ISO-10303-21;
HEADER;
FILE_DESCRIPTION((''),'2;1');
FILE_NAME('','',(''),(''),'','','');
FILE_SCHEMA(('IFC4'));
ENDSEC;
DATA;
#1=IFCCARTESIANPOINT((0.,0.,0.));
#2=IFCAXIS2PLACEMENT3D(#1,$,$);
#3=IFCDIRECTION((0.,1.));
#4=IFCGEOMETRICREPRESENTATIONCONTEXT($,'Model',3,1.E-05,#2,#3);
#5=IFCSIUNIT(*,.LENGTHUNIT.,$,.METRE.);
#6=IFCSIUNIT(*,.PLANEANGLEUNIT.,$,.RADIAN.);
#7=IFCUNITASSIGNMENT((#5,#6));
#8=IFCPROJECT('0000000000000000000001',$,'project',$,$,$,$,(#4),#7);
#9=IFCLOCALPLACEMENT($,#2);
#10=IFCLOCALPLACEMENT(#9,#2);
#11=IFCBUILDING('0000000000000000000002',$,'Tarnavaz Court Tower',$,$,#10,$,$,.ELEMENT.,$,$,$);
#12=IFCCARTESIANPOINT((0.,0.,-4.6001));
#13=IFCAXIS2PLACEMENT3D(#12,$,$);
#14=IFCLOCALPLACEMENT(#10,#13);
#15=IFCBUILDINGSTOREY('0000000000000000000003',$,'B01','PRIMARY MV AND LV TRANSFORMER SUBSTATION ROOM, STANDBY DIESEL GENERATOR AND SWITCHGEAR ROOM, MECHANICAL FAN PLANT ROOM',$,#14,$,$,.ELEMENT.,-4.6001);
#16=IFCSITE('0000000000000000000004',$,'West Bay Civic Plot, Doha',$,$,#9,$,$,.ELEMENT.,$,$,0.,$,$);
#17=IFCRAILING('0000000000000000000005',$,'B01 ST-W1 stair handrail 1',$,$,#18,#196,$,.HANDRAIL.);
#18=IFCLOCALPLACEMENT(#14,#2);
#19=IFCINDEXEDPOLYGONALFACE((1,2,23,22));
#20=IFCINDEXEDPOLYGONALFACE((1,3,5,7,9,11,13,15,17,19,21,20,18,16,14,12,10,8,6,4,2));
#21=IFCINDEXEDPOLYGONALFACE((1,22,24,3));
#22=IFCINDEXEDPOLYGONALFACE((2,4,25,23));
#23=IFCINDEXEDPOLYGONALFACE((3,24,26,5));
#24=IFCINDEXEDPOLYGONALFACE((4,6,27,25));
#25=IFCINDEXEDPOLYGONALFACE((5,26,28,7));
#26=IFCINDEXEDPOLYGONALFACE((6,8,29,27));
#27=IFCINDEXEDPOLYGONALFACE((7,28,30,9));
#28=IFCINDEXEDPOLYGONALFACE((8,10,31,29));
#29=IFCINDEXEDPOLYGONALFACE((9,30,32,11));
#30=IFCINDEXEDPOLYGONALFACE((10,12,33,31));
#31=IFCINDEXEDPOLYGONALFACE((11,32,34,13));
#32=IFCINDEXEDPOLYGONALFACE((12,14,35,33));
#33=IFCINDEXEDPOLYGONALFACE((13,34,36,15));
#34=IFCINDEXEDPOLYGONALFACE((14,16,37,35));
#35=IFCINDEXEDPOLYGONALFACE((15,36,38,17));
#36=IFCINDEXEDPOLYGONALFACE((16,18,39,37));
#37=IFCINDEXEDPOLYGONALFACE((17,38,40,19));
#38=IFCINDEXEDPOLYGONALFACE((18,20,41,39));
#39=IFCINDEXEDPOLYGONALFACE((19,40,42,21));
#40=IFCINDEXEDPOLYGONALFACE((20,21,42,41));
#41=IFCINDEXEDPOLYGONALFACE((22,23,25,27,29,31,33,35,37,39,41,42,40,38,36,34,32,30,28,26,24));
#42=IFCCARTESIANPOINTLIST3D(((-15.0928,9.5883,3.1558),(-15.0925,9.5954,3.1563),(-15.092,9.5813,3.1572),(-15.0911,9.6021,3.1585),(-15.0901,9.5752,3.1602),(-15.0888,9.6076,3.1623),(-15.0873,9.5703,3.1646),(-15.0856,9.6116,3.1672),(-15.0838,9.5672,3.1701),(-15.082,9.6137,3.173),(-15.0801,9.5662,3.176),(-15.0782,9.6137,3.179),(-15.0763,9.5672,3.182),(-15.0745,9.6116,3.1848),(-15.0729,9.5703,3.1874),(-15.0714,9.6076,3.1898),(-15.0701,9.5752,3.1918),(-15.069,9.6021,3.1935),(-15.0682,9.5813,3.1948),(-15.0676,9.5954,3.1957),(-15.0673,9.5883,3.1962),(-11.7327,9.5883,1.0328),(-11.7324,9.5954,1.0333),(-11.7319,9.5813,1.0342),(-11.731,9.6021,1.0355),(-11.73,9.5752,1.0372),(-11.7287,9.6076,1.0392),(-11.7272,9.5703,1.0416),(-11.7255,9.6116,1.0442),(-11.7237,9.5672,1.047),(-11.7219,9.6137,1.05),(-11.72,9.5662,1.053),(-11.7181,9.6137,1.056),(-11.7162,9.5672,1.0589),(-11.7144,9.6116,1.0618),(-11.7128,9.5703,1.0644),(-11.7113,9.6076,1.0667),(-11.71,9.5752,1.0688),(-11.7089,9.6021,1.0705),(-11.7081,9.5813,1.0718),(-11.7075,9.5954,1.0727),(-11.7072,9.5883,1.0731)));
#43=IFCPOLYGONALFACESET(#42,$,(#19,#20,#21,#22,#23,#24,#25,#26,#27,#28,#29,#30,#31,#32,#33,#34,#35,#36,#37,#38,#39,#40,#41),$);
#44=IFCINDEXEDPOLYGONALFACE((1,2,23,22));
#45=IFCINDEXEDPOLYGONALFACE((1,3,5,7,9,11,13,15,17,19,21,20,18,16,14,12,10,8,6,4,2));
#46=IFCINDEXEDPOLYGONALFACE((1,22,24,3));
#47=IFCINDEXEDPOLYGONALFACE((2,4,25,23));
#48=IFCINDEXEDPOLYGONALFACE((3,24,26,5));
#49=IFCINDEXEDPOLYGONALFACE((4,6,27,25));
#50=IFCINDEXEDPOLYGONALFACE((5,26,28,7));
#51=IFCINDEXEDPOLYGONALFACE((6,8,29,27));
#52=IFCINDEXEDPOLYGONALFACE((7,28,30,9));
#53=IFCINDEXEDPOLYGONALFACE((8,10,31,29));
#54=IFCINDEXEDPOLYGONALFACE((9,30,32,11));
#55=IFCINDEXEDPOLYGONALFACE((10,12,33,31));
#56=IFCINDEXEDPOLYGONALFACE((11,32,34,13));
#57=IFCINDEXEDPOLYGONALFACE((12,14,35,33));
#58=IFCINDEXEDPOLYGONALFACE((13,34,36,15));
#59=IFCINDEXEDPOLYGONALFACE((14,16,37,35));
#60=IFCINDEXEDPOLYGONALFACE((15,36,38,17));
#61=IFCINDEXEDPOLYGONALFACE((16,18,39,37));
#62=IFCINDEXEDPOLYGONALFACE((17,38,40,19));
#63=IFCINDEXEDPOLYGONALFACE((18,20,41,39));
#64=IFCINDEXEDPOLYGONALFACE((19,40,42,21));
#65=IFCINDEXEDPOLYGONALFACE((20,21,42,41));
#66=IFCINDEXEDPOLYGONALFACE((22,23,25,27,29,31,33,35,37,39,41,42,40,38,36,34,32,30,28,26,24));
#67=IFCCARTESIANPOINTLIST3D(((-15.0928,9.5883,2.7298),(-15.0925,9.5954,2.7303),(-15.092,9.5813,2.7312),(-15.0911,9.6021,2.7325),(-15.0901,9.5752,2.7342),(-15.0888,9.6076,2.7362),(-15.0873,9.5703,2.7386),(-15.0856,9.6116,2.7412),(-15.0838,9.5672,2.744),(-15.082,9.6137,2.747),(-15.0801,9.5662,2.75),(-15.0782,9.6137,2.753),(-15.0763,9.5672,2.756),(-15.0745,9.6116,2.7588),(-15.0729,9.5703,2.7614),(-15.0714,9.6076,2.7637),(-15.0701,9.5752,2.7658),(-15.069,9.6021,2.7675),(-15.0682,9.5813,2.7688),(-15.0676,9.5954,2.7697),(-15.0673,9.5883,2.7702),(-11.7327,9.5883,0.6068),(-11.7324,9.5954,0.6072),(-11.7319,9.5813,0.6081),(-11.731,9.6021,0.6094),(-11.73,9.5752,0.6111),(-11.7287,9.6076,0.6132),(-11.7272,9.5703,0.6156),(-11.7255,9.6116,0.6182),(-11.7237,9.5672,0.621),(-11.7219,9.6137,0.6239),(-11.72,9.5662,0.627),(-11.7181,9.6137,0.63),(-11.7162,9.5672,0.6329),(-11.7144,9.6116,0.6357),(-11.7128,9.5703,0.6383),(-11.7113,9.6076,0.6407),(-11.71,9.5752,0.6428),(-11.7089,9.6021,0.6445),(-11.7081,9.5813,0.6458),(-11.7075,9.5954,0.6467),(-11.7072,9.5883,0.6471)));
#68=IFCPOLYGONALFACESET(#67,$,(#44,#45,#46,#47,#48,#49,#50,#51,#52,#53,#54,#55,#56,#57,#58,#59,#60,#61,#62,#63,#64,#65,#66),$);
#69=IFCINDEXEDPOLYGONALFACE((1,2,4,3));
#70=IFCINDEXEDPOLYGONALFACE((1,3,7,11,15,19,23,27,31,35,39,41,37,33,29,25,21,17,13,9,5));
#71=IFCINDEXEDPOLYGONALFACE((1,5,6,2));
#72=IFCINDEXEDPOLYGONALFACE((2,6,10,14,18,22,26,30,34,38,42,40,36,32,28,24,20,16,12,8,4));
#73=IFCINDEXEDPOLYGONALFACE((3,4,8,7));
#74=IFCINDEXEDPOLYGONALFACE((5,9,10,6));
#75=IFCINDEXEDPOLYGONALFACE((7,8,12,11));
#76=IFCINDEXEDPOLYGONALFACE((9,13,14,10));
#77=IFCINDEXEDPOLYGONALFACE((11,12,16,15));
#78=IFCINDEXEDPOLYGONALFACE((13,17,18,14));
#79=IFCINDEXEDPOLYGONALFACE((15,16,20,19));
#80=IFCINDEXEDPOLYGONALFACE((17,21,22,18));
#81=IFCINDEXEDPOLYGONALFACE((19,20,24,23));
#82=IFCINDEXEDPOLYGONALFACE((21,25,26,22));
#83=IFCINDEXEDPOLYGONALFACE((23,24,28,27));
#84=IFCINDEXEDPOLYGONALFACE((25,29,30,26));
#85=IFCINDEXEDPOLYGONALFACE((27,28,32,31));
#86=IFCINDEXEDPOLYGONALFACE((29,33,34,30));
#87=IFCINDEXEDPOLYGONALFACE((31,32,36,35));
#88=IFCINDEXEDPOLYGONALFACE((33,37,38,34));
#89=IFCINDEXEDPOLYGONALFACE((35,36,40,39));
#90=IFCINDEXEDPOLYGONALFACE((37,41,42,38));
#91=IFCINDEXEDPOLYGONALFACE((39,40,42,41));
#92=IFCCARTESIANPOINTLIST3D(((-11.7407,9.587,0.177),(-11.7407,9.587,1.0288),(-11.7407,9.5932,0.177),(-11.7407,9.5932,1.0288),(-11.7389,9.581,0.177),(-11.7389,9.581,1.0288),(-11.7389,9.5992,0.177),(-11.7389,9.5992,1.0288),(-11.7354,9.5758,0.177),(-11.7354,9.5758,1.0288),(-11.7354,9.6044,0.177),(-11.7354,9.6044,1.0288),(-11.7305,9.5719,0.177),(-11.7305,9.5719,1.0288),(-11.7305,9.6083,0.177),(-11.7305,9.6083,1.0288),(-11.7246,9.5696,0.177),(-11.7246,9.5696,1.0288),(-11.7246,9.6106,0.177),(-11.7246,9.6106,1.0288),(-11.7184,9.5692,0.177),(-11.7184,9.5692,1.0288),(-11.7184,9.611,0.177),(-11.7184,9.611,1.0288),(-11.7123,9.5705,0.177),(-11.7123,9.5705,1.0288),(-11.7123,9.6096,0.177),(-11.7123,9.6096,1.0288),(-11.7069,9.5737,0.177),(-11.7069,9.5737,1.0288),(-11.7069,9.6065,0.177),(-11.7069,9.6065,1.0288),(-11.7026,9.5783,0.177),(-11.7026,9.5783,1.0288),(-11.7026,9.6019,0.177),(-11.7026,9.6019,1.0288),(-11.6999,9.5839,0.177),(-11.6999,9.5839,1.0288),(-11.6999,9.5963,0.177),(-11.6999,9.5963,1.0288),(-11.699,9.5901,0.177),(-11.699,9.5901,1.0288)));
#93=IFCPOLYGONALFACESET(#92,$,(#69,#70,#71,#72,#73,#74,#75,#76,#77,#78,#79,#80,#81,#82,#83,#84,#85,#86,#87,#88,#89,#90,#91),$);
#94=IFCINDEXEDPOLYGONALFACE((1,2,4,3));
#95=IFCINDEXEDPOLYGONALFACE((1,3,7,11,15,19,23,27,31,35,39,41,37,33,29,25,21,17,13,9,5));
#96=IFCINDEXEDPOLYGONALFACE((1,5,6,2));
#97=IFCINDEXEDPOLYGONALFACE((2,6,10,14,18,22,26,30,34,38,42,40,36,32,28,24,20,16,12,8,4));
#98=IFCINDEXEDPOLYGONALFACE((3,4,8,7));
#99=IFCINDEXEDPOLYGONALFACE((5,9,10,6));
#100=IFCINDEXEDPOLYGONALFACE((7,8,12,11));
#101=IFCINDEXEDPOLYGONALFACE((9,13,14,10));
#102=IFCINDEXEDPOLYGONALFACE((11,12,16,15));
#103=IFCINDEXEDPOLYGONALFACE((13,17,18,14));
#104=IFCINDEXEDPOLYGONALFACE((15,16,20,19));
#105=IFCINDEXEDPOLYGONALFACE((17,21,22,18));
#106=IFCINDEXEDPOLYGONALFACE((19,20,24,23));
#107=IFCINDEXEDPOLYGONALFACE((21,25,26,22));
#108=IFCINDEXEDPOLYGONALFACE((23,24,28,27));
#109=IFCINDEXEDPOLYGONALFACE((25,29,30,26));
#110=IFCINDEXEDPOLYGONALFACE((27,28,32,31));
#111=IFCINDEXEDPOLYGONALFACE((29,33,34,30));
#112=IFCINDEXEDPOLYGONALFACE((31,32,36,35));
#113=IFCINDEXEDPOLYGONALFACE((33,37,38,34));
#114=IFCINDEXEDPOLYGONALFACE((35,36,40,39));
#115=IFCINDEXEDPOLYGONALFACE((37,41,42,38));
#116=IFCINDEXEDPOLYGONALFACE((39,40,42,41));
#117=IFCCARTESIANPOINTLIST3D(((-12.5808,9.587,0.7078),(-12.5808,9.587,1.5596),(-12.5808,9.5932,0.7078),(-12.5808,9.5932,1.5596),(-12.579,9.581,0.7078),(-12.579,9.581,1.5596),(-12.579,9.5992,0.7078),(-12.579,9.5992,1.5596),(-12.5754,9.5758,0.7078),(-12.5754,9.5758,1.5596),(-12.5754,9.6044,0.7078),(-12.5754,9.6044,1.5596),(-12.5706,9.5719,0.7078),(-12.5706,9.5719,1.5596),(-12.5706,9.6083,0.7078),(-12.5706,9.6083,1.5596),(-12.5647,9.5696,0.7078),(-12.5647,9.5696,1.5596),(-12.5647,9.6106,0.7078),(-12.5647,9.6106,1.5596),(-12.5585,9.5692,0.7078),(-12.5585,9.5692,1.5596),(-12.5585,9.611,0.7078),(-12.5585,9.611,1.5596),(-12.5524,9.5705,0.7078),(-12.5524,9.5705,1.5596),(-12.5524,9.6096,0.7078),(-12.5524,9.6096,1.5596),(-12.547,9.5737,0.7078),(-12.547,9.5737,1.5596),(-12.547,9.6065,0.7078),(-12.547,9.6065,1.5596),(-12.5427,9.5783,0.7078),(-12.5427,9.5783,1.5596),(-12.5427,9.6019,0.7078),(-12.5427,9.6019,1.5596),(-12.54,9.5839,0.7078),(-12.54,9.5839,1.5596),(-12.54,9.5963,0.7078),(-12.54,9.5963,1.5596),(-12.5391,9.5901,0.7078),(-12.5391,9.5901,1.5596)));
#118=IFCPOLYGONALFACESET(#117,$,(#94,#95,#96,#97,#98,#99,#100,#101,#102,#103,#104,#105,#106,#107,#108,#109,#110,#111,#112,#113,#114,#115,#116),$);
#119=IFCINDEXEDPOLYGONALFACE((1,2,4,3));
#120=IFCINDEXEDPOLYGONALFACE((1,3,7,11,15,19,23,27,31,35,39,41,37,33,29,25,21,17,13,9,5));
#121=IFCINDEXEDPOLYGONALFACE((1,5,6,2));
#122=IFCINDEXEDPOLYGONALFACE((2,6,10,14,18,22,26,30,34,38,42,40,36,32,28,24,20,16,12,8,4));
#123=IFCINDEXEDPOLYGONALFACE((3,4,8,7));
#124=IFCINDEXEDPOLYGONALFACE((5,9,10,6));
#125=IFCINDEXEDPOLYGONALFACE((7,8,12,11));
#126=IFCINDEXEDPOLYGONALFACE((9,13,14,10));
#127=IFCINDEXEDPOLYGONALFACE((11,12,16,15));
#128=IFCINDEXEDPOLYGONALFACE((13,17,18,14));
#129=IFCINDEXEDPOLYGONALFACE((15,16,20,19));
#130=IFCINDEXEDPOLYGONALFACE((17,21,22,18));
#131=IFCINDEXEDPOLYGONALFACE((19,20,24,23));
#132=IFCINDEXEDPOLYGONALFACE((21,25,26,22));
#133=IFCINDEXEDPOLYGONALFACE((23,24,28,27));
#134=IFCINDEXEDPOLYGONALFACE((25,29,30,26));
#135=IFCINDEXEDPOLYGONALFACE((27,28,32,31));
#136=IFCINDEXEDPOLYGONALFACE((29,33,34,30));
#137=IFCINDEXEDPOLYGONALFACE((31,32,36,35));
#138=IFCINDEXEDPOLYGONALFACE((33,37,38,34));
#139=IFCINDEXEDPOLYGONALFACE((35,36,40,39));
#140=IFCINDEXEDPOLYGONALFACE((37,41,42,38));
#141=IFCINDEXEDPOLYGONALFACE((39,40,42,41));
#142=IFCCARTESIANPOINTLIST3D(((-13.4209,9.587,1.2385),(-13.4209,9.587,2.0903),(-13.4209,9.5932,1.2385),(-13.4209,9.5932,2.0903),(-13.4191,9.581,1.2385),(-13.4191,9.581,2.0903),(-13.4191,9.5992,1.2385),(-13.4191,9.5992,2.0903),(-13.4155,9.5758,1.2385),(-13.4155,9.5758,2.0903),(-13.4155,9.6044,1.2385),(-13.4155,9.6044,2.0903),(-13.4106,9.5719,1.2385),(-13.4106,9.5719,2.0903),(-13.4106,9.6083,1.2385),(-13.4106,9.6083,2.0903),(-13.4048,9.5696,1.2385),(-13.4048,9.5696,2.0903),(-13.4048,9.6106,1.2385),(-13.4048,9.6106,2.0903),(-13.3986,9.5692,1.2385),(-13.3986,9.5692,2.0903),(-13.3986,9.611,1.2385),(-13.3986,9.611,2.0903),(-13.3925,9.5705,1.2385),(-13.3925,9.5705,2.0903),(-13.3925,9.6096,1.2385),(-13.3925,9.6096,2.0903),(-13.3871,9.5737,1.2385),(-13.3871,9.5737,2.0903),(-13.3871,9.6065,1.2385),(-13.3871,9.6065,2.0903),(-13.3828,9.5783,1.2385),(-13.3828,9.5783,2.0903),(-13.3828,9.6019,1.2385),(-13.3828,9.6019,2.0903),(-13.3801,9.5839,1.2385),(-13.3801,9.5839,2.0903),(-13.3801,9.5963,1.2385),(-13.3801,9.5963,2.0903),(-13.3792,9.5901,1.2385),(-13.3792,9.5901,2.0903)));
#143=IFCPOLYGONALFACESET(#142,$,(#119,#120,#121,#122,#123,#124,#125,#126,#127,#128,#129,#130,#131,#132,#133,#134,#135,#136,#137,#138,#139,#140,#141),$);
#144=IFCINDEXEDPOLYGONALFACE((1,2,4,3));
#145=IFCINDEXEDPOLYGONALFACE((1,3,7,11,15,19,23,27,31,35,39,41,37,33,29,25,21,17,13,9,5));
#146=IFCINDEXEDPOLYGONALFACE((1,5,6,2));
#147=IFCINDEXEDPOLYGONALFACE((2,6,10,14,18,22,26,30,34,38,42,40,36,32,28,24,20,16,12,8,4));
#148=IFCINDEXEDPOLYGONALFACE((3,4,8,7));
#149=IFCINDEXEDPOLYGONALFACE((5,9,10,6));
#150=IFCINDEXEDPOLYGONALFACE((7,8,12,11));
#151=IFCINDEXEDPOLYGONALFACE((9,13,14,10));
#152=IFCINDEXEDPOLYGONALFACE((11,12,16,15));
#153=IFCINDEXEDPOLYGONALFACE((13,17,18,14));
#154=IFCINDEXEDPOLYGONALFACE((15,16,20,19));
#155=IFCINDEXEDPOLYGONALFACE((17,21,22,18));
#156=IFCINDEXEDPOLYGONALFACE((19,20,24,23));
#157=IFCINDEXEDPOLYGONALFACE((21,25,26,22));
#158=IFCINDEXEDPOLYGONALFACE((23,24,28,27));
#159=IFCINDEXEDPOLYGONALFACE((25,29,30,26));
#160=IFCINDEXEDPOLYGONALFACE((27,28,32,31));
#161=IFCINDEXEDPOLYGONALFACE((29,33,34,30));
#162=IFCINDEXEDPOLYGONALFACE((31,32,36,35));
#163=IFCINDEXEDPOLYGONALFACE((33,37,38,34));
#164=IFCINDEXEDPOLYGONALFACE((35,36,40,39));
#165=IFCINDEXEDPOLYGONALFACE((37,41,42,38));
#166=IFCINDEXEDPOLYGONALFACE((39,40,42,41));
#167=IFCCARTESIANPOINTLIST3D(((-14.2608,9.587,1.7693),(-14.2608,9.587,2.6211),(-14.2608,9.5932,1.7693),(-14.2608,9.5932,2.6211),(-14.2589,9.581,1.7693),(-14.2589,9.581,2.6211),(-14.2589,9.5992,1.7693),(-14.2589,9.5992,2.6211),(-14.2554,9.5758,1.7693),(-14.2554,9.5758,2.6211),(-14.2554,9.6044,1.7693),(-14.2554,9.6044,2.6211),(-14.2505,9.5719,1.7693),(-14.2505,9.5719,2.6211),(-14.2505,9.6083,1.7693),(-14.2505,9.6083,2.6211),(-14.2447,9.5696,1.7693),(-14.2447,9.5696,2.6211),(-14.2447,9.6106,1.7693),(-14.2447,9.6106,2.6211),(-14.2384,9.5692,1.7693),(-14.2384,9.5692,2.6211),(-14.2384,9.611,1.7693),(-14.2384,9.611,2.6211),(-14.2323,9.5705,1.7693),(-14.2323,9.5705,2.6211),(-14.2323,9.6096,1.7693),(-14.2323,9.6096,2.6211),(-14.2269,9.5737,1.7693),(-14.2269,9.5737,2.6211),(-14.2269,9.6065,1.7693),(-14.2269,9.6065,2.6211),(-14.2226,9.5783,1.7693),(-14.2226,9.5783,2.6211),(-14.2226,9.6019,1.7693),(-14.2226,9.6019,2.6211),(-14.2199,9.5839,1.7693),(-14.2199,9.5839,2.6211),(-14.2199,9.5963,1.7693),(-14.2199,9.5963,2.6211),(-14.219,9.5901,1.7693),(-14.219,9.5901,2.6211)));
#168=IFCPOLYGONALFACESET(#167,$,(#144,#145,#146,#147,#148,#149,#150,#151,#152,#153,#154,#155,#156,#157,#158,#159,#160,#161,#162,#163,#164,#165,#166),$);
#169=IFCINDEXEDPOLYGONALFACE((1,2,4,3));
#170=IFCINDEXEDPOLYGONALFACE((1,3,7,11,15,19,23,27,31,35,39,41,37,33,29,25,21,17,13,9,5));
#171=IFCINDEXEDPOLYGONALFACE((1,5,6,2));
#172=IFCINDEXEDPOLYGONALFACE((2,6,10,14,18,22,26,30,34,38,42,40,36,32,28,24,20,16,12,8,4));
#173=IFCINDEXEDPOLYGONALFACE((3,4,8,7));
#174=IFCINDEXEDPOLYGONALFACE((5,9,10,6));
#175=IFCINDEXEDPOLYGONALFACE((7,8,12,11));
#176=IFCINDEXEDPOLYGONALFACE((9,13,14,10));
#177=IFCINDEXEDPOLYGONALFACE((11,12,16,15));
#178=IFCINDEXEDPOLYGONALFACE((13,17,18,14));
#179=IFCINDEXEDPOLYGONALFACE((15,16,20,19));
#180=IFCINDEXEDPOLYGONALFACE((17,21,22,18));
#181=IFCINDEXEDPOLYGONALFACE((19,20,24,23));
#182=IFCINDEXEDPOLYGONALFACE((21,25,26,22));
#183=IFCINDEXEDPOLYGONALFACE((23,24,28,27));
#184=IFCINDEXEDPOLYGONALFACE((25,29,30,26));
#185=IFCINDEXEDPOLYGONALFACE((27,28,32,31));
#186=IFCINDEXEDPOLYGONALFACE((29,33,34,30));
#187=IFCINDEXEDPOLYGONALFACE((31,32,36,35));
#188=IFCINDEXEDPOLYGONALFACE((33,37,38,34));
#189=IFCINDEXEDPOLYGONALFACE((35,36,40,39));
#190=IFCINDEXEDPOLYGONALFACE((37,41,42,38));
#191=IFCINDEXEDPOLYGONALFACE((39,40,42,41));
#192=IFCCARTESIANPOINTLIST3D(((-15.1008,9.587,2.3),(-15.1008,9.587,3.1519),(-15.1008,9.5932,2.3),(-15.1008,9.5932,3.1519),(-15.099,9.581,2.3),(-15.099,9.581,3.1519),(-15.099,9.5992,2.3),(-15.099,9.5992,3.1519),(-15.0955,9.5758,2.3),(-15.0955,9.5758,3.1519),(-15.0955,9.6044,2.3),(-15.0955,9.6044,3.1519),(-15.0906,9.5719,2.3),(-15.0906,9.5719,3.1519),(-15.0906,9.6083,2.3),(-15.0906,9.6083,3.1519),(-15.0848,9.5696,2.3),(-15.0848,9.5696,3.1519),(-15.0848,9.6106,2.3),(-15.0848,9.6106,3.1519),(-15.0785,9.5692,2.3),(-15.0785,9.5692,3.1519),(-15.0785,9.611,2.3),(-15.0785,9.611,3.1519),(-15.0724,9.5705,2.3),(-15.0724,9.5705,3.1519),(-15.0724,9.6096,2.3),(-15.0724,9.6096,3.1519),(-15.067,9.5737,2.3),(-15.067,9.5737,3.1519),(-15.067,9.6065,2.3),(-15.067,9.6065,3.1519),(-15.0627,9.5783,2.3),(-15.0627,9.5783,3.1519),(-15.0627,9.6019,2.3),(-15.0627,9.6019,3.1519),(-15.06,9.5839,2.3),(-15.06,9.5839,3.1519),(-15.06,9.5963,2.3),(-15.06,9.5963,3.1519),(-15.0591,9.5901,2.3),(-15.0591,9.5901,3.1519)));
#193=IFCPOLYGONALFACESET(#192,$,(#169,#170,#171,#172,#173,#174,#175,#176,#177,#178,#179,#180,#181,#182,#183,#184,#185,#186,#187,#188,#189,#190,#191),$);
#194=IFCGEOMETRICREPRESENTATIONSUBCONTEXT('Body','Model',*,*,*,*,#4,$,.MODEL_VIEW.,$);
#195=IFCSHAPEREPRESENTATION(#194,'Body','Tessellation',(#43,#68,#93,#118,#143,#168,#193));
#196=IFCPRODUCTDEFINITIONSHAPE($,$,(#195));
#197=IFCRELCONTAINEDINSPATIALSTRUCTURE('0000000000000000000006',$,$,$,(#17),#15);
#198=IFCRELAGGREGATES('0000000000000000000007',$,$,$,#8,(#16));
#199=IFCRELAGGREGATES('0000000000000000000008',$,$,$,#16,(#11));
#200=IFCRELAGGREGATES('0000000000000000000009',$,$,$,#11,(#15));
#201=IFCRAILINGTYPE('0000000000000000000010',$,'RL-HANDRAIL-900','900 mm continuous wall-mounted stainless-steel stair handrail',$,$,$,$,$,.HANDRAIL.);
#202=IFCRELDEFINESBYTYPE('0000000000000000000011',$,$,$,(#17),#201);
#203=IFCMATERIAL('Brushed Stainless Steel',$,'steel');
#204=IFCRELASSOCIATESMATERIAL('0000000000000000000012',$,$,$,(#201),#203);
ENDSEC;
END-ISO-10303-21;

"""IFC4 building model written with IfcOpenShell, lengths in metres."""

from ifc_helpers import new_model, si_unit, direction, frame, origin, origin_2d, place, context, subcontext, project, spatial, circle, extrude, material, type_object, element, save


model = new_model("IFC4")

# Units and contexts
model_context = context("Model", 3, precision=1e-05, world=origin(), true_north=direction((0.0, 1.0)))
body_context = subcontext(model_context, "Body", "Model", "MODEL_VIEW")
ifc_project = project(units=[si_unit("LENGTHUNIT", "METRE"), si_unit("PLANEANGLEUNIT", "RADIAN")], contexts=[model_context])

# Site, building, storey
site_placement = place(None, origin())
site = spatial("IfcSite", under=ifc_project, at=site_placement, Name="West Bay Civic Plot, Doha", CompositionType="ELEMENT", RefElevation=0.0)
building_placement = place(site_placement, origin())
building = spatial("IfcBuilding", under=site, at=building_placement, Name="Tarnavaz Court Tower", CompositionType="ELEMENT")
storey_placement = place(building_placement, frame((0.0, 0.0, -4.6001)))
storey = spatial("IfcBuildingStorey", under=building, at=storey_placement, Name="B01", Description="PRIMARY MV AND LV TRANSFORMER SUBSTATION ROOM, STANDBY DIESEL GENERATOR AND SWITCHGEAR ROOM, MECHANICAL FAN PLANT ROOM", CompositionType="ELEMENT", Elevation=-4.6001)

# Railing
ifc_material_1 = material(Name="Brushed Stainless Steel", Category="steel")
railing_type_1 = type_object("IfcRailingType", Name="RL-HANDRAIL-900", Description="900 mm continuous wall-mounted stainless-steel stair handrail", PredefinedType="HANDRAIL", material=ifc_material_1)
railing_1_placement = place(storey_placement, frame((-11.72, 9.5901, 0.177)))
element("IfcRailing", 1, at=railing_1_placement, inside=storey, type_object=railing_type_1, Name="B01 ST-W1 stair handrail 1", PredefinedType="HANDRAIL", context=body_context, shape_type="SweptSolid", body=[
    extrude(circle(Radius=0.0239, at=origin_2d()), frame((0.0, 0.0, 0.876), z_axis=(-0.84539, 0.0, 0.53415), x_axis=(0.0, -1.0, 0.0)), (0.0, 0.0, 1.0), 3.9746),
    extrude(circle(Radius=0.0239, at=origin_2d()), frame((0.0, 0.0, 0.45), z_axis=(-0.84539, 0.0, 0.53415), x_axis=(0.0, -1.0, 0.0)), (0.0, 0.0, 1.0), 3.9746),
    extrude(circle(Radius=0.021, at=origin_2d()), origin(), (0.0, 0.0, 1.0), 0.8518),
    extrude(circle(Radius=0.021, at=origin_2d()), frame((-0.8401, 0.0, 0.5308)), (0.0, 0.0, 1.0), 0.8518),
    extrude(circle(Radius=0.021, at=origin_2d()), frame((-1.6802, 0.0, 1.0615)), (0.0, 0.0, 1.0), 0.8518),
    extrude(circle(Radius=0.021, at=origin_2d()), frame((-2.52, 0.0, 1.5923)), (0.0, 0.0, 1.0), 0.8518),
    extrude(circle(Radius=0.021, at=origin_2d()), frame((-3.3601, 0.0, 2.123)), (0.0, 0.0, 1.0), 0.8518),
])

save(model, "model.ifc")
